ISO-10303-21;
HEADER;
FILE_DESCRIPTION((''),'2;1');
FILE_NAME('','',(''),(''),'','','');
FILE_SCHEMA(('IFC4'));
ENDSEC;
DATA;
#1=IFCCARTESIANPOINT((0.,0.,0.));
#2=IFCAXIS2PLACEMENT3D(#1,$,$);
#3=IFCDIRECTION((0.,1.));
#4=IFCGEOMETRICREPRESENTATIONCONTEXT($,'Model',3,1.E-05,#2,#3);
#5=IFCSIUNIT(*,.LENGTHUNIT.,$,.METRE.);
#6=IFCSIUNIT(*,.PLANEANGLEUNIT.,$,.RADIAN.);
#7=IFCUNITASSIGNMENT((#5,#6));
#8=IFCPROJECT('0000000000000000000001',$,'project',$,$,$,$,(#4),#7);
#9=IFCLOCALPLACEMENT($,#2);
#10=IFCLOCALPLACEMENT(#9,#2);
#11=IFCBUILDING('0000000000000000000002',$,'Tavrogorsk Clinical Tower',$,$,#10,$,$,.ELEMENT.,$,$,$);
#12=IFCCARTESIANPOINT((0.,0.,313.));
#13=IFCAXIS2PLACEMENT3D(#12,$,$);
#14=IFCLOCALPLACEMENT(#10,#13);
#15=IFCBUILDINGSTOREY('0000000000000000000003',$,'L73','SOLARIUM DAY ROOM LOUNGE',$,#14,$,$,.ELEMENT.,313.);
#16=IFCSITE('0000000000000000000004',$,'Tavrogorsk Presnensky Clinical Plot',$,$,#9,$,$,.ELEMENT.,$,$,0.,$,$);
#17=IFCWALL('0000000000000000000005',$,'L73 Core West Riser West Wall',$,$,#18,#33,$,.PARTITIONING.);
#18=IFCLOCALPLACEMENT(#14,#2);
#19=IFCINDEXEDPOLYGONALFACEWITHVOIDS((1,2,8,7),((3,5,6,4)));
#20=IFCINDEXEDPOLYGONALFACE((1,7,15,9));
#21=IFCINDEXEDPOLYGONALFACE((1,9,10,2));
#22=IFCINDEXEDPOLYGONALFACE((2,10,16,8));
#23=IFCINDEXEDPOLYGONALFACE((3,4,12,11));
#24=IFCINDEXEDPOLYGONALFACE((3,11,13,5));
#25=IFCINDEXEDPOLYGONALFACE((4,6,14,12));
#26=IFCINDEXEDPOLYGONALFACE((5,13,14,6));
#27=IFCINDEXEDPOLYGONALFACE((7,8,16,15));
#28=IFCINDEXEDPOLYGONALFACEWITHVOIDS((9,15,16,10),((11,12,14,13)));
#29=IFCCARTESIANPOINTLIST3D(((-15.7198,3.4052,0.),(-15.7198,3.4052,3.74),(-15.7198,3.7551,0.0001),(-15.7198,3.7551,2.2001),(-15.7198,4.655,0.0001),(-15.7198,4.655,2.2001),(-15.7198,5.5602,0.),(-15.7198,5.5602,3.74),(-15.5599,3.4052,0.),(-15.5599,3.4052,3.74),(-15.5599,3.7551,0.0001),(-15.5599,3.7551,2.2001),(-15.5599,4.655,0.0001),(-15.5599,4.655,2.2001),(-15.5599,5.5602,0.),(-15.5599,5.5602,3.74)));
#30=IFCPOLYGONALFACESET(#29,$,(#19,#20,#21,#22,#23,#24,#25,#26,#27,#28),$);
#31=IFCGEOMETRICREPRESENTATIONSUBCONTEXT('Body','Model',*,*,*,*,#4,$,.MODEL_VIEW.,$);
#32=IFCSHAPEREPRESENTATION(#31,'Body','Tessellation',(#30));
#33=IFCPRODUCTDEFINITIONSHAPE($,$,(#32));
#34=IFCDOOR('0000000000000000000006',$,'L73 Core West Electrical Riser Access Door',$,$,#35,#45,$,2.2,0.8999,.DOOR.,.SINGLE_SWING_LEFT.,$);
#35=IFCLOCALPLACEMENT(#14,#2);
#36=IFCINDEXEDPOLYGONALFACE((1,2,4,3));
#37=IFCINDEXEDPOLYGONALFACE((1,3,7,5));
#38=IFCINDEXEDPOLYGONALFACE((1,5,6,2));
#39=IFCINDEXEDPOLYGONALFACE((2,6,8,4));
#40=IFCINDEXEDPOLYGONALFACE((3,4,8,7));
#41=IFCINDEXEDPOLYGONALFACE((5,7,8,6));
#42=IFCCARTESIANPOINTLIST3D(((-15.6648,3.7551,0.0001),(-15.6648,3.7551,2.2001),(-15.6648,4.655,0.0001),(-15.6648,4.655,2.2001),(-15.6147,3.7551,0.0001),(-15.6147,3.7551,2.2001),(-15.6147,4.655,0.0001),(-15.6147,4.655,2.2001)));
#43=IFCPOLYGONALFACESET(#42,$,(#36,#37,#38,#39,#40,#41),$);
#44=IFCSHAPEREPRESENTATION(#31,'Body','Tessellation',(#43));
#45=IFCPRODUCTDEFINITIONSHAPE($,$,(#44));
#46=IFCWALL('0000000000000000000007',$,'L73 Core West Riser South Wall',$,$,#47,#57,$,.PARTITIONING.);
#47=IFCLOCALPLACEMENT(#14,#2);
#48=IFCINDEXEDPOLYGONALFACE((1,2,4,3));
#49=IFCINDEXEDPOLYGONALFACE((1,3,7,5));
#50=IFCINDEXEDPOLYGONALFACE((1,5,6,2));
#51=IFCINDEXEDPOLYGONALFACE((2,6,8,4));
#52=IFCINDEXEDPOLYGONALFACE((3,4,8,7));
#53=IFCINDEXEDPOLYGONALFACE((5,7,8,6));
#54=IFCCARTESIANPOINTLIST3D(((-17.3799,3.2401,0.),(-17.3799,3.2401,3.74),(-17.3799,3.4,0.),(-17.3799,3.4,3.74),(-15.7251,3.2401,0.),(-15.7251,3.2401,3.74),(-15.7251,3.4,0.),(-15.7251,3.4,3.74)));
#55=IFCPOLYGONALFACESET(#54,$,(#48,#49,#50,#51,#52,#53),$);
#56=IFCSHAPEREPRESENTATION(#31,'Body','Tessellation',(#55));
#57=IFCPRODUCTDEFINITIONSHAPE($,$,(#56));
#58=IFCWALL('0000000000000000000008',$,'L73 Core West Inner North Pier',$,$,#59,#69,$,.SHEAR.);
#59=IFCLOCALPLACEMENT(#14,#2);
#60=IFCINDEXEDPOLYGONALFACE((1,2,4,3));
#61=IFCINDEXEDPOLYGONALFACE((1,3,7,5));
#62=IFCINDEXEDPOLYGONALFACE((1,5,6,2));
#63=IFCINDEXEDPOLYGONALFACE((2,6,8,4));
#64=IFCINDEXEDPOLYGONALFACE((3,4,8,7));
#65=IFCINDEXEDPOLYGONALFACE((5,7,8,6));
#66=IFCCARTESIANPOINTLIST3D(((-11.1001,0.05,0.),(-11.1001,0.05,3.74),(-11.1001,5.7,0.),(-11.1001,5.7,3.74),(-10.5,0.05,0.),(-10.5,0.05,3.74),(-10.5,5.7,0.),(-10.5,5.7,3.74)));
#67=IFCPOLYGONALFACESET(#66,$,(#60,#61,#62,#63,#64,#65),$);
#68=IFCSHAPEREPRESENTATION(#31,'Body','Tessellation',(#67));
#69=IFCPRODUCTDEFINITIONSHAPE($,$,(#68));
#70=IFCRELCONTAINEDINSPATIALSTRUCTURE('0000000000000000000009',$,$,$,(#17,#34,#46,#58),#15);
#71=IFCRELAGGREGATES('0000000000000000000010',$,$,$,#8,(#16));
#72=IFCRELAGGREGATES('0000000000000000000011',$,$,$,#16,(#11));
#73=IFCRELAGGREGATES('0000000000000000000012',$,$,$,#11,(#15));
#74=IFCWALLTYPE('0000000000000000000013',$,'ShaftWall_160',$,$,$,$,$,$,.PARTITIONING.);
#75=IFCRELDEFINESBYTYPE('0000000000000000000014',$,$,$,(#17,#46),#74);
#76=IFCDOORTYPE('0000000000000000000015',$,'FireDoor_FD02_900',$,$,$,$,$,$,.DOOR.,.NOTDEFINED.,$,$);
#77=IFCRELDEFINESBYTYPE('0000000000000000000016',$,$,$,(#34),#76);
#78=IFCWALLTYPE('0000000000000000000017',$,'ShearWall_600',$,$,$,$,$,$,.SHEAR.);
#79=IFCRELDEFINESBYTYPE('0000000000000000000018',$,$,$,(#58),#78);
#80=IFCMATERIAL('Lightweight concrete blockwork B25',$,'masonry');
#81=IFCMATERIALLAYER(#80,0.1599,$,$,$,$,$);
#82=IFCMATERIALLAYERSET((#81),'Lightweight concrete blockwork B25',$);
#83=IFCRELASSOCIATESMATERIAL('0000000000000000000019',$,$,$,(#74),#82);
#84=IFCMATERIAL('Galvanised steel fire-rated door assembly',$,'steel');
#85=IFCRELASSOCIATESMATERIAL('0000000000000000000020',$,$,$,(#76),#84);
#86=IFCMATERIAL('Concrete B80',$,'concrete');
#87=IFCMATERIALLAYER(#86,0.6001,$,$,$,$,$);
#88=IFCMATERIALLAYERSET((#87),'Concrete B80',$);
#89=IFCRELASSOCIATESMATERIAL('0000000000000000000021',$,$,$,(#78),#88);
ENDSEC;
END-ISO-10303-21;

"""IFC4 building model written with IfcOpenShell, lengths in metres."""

from ifc_helpers import new_model, si_unit, direction, frame, frame_2d, origin, place, context, subcontext, project, spatial, rectangle, extrude, material, layer, layer_set, type_object, element, fill, save


model = new_model("IFC4")

# Units and contexts
model_context = context("Model", 3, precision=1e-05, world=origin(), true_north=direction((0.0, 1.0)))
body_context = subcontext(model_context, "Body", "Model", "MODEL_VIEW")
ifc_project = project(units=[si_unit("LENGTHUNIT", "METRE"), si_unit("PLANEANGLEUNIT", "RADIAN")], contexts=[model_context])

# Site, building, storey
site_placement = place(None, origin())
site = spatial("IfcSite", under=ifc_project, at=site_placement, Name="Tavrogorsk Presnensky Clinical Plot", CompositionType="ELEMENT", RefElevation=0.0)
building_placement = place(site_placement, origin())
building = spatial("IfcBuilding", under=site, at=building_placement, Name="Tavrogorsk Clinical Tower", CompositionType="ELEMENT")
storey_placement = place(building_placement, frame((0.0, 0.0, 313.0)))
storey = spatial("IfcBuildingStorey", under=building, at=storey_placement, Name="L73", Description="SOLARIUM DAY ROOM LOUNGE", CompositionType="ELEMENT", Elevation=313.0)

# Shared definitions
ifc_material_1 = material(Name="Lightweight concrete blockwork B25", Category="masonry")
ifc_layer_1 = layer(ifc_material_1, 0.1599)
ifc_layer_set_1 = layer_set([ifc_layer_1], Name="Lightweight concrete blockwork B25")
wall_type_1 = type_object("IfcWallType", Name="ShaftWall_160", PredefinedType="PARTITIONING", material=ifc_layer_set_1)

# Wall, opening, door
wall_1_placement = place(storey_placement, frame((-15.6399, 3.405, 0.0), z_axis=(0.0, 0.0, 1.0), x_axis=(0.0, 1.0, 0.0)))
wall_1 = element("IfcWall", 1, at=wall_1_placement, inside=storey, type_object=wall_type_1, Name="L73 Core West Riser West Wall", PredefinedType="PARTITIONING", context=body_context, shape_type="SweptSolid", body=[
    extrude(rectangle(XDim=2.155, YDim=0.1599, at=frame_2d((1.0776, 0.0))), origin(), (0.0, 0.0, 1.0), 3.74),
])
opening_1_placement = place(wall_1_placement, frame((0.3501, 0.0, 0.0)))
opening_1 = element("IfcOpeningElement", 2, at=opening_1_placement, cuts=wall_1, PredefinedType="OPENING", context=body_context, shape_type="SweptSolid", body=[
    extrude(rectangle(XDim=0.8999, YDim=2.2, at=frame_2d((0.45, 1.1001))), frame((0.0, 0.0898, 0.0), z_axis=(0.0, -1.0, 0.0), x_axis=(1.0, 0.0, 0.0)), (0.0, 0.0, 1.0), 0.1799),
])
ifc_material_2 = material(Name="Galvanised steel fire-rated door assembly", Category="steel")
door_type_1 = type_object("IfcDoorType", Name="FireDoor_FD02_900", OperationType="NOTDEFINED", PredefinedType="DOOR", material=ifc_material_2)
door_1_placement = place(opening_1_placement, origin())
door_1 = element("IfcDoor", 3, at=door_1_placement, inside=storey, type_object=door_type_1, Name="L73 Core West Electrical Riser Access Door", OperationType="SINGLE_SWING_LEFT", OverallHeight=2.2, OverallWidth=0.8999, PredefinedType="DOOR", context=body_context, shape_type="SweptSolid", body=[
    extrude(rectangle(XDim=0.8999, YDim=2.2, at=frame_2d((0.45, 1.1001))), frame((0.0, 0.0249, 0.0), z_axis=(0.0, -1.0, 0.0), x_axis=(1.0, 0.0, 0.0)), (0.0, 0.0, 1.0), 0.05),
])
fill(opening_1, door_1)

# Walls
wall_2_placement = place(storey_placement, frame((-17.3799, 3.3201, 0.0), z_axis=(0.0, 0.0, 1.0), x_axis=(1.0, 0.0, 0.0)))
element("IfcWall", 4, at=wall_2_placement, inside=storey, type_object=wall_type_1, Name="L73 Core West Riser South Wall", PredefinedType="PARTITIONING", context=body_context, shape_type="SweptSolid", body=[
    extrude(rectangle(XDim=1.6548, YDim=0.1599, at=frame_2d((0.8274, 0.0))), origin(), (0.0, 0.0, 1.0), 3.74),
])
ifc_material_3 = material(Name="Concrete B80", Category="concrete")
ifc_layer_2 = layer(ifc_material_3, 0.6001)
ifc_layer_set_2 = layer_set([ifc_layer_2], Name="Concrete B80")
wall_type_2 = type_object("IfcWallType", Name="ShearWall_600", PredefinedType="SHEAR", material=ifc_layer_set_2)
wall_3_placement = place(storey_placement, frame((-10.8, 0.05, 0.0), z_axis=(0.0, 0.0, 1.0), x_axis=(0.0, 1.0, 0.0)))
element("IfcWall", 5, at=wall_3_placement, inside=storey, type_object=wall_type_2, Name="L73 Core West Inner North Pier", PredefinedType="SHEAR", context=body_context, shape_type="SweptSolid", body=[
    extrude(rectangle(XDim=5.6499, YDim=0.6001, at=frame_2d((2.825, 0.0))), origin(), (0.0, 0.0, 1.0), 3.74),
])

save(model, "model.ifc")
